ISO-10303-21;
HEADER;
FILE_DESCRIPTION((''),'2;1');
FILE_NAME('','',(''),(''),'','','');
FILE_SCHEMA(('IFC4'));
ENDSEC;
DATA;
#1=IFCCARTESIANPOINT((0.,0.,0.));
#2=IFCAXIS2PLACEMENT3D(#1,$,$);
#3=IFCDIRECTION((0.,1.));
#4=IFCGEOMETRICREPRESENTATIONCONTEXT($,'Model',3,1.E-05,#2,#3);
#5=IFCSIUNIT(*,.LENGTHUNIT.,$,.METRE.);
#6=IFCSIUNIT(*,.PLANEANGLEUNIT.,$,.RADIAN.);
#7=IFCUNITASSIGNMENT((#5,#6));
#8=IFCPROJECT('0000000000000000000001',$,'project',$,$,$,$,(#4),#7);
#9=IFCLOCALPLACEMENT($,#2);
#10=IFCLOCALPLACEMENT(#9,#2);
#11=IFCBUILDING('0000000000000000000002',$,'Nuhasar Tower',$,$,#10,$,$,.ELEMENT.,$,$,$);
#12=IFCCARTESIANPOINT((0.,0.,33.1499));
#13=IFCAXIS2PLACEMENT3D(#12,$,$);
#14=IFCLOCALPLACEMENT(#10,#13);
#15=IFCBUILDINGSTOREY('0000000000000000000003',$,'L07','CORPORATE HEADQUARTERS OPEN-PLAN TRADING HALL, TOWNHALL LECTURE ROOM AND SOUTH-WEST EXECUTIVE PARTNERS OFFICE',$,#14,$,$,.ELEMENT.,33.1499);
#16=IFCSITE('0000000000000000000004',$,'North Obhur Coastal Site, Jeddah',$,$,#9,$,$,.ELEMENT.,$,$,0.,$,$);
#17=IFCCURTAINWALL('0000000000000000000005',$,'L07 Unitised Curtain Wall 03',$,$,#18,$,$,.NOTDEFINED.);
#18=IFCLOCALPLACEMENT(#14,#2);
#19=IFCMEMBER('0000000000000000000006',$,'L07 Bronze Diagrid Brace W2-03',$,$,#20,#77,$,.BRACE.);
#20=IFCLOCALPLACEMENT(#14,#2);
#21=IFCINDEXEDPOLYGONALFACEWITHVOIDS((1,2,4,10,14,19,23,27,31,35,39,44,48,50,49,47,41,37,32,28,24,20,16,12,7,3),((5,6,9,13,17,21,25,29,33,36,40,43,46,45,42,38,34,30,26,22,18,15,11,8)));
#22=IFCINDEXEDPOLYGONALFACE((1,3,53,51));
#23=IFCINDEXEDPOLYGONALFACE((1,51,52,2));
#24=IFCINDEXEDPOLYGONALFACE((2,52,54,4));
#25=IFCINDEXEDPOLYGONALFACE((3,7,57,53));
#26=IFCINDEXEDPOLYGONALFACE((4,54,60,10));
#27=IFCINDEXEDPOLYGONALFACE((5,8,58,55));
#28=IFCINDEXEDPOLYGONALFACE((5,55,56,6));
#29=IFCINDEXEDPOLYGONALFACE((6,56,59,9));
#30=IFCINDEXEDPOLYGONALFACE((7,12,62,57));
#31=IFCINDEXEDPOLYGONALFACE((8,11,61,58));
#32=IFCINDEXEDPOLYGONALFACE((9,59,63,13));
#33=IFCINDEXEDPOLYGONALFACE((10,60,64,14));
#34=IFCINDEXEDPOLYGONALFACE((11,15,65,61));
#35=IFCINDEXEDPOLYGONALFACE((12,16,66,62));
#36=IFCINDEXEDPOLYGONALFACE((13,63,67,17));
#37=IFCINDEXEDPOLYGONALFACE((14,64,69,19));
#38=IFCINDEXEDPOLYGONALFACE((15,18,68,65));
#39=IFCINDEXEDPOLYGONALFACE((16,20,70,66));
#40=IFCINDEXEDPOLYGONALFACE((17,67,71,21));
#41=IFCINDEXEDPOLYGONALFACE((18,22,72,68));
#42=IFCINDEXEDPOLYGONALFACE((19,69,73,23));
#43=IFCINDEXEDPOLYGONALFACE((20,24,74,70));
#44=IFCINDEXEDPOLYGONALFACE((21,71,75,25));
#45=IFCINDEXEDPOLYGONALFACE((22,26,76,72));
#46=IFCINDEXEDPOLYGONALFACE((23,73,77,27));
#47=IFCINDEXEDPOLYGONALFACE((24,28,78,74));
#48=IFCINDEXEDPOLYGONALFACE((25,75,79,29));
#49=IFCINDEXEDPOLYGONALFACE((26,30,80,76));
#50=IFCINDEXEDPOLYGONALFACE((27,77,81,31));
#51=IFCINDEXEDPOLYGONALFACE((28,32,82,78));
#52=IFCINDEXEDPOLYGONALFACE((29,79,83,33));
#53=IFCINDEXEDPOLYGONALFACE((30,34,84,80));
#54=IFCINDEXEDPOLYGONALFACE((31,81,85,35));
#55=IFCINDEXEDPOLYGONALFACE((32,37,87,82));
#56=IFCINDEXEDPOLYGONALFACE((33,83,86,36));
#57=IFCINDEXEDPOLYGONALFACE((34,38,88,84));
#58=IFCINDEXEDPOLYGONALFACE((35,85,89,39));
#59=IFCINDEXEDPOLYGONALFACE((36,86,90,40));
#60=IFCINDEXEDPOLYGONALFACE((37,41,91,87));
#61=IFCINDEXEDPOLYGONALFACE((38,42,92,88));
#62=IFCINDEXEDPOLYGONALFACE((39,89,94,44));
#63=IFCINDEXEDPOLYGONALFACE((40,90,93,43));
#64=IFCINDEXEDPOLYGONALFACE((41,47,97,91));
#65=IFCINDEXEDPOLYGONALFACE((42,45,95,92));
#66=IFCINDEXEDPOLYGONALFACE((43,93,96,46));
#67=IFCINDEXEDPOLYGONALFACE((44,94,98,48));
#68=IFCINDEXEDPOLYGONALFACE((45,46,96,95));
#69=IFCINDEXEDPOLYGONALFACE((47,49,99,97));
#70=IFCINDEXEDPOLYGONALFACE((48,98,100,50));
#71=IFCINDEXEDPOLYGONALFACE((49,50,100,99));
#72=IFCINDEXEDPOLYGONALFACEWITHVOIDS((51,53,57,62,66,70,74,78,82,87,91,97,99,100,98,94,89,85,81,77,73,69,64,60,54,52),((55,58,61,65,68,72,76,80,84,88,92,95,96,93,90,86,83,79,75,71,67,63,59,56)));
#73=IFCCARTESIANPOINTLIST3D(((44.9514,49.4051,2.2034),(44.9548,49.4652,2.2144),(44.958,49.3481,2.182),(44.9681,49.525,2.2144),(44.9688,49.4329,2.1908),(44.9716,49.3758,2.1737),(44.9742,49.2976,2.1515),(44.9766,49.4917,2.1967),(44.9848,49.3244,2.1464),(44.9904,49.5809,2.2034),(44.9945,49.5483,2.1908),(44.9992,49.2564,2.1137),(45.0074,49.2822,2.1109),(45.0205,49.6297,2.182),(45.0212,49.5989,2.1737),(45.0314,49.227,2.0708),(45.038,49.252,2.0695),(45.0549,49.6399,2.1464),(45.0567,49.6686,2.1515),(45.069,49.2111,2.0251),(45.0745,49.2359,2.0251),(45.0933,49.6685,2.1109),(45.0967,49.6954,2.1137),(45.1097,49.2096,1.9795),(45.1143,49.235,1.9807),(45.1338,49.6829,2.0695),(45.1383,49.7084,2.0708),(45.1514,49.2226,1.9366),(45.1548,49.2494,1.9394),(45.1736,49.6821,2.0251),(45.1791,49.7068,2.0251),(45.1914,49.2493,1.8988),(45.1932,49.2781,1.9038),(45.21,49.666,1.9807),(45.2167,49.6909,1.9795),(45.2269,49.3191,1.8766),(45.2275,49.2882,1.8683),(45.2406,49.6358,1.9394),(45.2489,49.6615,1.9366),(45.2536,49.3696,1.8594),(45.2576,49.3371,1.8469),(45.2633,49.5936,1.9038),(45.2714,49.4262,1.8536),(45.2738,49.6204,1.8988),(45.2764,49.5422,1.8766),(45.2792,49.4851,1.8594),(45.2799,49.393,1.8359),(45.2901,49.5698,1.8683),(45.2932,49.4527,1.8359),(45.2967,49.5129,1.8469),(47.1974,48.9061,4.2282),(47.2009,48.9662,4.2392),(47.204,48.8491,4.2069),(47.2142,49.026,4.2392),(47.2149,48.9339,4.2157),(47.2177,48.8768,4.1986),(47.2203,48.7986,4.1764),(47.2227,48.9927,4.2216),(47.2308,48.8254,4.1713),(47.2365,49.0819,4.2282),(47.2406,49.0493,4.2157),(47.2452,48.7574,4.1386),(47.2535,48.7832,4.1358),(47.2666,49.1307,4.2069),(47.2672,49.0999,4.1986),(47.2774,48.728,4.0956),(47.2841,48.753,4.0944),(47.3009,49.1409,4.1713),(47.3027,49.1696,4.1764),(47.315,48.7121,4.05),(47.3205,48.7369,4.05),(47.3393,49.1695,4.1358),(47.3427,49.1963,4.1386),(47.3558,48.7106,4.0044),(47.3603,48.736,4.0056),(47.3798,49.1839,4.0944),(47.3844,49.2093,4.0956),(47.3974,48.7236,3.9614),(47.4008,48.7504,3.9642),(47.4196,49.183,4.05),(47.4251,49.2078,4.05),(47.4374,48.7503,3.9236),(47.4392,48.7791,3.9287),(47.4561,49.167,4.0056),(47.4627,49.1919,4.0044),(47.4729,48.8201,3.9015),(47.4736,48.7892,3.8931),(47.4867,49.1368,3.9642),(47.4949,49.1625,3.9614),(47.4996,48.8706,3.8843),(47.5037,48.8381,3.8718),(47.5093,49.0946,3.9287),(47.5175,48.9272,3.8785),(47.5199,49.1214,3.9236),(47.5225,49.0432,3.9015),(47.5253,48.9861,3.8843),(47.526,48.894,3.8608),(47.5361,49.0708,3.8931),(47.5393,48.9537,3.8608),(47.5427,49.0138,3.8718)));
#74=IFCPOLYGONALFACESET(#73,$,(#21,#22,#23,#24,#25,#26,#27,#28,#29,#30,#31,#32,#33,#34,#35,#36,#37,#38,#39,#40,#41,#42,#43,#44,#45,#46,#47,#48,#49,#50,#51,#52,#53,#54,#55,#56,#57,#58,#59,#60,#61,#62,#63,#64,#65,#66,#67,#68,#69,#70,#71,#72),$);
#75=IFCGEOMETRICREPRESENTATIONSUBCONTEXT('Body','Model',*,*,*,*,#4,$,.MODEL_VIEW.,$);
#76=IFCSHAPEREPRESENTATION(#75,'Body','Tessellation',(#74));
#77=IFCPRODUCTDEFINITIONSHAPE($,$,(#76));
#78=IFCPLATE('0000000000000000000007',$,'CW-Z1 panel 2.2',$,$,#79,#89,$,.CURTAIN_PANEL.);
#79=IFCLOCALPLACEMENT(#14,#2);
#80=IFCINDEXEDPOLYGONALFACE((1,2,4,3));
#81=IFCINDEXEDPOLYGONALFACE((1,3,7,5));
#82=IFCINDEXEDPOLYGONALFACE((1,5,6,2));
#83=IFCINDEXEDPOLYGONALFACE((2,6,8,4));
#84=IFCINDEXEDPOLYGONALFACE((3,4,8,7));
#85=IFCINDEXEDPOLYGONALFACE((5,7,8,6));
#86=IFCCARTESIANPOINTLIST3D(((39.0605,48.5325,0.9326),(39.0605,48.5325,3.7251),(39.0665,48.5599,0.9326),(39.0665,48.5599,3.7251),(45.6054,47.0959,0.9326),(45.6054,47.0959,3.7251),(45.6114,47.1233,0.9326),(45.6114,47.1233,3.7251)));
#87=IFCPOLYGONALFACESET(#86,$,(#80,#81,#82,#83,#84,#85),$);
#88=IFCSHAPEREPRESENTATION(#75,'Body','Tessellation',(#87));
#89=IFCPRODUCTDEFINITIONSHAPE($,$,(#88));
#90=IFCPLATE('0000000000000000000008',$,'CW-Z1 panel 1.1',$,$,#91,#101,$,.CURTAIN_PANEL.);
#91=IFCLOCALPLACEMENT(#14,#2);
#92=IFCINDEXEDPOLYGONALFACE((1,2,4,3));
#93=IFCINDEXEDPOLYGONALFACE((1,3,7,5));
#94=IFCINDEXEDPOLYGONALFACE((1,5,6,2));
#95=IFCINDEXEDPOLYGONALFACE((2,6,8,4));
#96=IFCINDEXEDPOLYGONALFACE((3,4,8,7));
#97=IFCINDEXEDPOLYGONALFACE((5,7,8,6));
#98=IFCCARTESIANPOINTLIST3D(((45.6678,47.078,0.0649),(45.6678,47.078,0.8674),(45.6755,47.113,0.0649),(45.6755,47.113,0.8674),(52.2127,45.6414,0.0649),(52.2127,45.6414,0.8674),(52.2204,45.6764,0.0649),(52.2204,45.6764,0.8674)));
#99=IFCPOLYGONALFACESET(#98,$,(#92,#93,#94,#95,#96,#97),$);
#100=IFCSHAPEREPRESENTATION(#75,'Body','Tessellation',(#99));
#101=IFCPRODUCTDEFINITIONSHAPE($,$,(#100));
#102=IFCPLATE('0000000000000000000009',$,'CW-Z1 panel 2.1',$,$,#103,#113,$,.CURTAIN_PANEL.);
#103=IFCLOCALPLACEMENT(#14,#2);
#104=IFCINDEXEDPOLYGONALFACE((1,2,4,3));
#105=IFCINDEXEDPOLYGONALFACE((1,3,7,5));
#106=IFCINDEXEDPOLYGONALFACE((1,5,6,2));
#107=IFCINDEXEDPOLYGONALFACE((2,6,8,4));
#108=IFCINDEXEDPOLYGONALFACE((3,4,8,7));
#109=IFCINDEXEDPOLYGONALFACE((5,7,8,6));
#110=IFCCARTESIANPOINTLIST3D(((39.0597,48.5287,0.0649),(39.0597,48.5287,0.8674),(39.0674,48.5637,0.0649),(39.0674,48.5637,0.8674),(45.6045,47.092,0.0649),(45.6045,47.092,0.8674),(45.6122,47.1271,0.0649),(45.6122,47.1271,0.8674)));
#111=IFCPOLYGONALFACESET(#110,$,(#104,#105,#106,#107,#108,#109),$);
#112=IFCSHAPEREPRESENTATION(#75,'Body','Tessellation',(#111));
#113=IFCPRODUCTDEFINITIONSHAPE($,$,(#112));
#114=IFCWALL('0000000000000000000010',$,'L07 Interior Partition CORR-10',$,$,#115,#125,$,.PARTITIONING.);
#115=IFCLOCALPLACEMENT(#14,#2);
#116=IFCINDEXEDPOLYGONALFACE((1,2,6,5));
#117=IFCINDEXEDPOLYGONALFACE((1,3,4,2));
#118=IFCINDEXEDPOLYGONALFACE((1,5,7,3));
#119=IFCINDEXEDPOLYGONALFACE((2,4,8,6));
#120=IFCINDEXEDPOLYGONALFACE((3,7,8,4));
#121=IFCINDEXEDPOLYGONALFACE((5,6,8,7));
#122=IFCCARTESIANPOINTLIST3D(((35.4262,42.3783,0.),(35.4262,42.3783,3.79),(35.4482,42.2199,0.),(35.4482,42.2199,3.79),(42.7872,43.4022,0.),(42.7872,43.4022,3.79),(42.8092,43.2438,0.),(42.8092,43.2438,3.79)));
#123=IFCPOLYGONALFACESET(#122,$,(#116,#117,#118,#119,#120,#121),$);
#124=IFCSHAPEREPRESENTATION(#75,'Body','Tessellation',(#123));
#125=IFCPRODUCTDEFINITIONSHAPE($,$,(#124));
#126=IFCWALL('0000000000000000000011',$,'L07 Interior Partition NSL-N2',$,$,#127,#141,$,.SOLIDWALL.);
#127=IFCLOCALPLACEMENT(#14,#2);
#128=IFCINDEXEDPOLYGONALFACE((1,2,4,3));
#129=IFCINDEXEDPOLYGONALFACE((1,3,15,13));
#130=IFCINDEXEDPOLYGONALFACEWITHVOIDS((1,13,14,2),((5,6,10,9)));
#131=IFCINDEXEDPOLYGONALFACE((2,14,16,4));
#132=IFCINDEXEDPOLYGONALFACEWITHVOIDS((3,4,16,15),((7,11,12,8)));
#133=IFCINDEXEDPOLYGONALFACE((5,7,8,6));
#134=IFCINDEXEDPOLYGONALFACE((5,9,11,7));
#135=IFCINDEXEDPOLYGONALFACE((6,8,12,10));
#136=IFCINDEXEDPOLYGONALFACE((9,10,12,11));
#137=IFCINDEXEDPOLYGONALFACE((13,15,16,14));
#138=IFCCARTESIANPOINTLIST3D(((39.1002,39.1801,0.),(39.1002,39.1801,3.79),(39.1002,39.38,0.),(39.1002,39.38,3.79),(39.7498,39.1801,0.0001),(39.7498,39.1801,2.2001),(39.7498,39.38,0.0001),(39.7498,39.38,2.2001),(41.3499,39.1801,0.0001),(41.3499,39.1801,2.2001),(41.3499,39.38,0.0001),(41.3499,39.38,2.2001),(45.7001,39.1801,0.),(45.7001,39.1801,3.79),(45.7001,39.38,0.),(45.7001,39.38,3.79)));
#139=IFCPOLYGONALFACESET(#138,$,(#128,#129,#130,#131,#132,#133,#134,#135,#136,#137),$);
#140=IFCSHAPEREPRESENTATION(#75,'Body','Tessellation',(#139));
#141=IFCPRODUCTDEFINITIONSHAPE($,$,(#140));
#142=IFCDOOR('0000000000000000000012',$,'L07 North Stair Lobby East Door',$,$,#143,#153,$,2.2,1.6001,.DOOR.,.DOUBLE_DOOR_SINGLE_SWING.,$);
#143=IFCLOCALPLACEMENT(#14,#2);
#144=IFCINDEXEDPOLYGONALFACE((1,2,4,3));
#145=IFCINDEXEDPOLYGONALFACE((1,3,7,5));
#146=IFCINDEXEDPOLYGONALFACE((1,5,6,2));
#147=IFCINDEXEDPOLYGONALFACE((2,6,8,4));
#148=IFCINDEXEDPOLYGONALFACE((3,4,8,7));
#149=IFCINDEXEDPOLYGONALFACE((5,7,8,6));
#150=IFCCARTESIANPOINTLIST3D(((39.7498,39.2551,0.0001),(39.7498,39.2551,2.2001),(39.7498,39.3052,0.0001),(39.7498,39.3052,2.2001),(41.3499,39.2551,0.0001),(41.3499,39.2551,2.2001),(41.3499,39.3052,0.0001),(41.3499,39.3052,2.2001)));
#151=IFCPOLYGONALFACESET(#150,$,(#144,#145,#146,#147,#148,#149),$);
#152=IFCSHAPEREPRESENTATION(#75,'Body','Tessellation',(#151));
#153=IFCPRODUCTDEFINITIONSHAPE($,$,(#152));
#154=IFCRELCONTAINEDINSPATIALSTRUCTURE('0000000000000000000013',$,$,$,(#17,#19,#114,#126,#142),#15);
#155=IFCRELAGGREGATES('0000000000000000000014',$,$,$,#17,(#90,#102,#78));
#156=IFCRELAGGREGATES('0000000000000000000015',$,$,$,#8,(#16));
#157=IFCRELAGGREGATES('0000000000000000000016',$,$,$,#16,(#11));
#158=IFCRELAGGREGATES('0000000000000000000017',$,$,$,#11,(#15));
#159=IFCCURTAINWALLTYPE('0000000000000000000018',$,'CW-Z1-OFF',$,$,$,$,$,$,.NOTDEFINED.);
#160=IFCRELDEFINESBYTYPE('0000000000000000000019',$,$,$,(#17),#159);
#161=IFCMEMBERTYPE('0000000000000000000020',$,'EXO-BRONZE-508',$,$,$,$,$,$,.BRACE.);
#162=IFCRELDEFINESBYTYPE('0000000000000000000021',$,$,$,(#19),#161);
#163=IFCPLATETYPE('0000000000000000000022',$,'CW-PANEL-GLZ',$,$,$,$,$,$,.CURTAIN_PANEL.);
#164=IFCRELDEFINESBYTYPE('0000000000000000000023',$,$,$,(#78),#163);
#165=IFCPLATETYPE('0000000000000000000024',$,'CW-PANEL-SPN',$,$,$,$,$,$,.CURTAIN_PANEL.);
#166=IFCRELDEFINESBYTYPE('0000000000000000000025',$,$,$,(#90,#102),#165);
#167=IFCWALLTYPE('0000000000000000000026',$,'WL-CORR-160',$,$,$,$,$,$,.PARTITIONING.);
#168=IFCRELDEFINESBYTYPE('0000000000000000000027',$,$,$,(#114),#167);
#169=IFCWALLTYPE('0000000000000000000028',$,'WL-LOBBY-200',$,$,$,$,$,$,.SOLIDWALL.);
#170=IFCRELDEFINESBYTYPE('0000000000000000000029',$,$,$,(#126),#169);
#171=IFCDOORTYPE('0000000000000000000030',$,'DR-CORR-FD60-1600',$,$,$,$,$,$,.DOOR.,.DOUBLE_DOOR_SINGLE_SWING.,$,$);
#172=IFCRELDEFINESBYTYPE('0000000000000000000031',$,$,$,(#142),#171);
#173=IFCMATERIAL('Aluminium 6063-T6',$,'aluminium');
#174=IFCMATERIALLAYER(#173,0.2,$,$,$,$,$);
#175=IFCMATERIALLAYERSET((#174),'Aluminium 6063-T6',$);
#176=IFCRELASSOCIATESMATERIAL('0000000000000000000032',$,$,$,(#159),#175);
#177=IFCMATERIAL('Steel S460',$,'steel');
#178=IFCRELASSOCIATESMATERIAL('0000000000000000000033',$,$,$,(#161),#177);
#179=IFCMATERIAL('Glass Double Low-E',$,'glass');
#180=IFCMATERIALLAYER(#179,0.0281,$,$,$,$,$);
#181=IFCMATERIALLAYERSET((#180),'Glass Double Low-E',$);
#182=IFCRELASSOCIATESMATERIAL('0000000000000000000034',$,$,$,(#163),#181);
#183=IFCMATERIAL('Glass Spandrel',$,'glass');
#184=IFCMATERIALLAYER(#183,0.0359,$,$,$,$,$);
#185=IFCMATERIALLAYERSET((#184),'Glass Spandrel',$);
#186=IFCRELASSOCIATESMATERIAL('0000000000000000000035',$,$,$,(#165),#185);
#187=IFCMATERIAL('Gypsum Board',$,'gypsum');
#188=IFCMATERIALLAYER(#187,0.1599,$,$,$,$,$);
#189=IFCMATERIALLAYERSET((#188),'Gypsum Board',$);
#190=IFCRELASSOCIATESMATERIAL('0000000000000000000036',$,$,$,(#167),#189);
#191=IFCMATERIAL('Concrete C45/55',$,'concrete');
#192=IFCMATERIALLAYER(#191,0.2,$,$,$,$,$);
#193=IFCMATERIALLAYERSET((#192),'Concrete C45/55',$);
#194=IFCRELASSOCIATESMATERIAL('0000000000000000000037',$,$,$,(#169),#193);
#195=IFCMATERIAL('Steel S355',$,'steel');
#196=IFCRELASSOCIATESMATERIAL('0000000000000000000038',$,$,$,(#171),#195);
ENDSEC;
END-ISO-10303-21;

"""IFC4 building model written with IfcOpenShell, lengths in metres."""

from ifc_helpers import new_model, si_unit, direction, frame, frame_2d, origin, origin_2d, place, context, subcontext, project, spatial, rectangle, hollow_circle, extrude, material, layer, layer_set, material_profile, profile_set, type_object, element, fill, aggregate, save


model = new_model("IFC4")

# Units and contexts
model_context = context("Model", 3, precision=1e-05, world=origin(), true_north=direction((0.0, 1.0)))
body_context = subcontext(model_context, "Body", "Model", "MODEL_VIEW")
ifc_project = project(units=[si_unit("LENGTHUNIT", "METRE"), si_unit("PLANEANGLEUNIT", "RADIAN")], contexts=[model_context])

# Site, building, storey
site_placement = place(None, origin())
site = spatial("IfcSite", under=ifc_project, at=site_placement, Name="North Obhur Coastal Site, Jeddah", CompositionType="ELEMENT", RefElevation=0.0)
building_placement = place(site_placement, origin())
building = spatial("IfcBuilding", under=site, at=building_placement, Name="Nuhasar Tower", CompositionType="ELEMENT")
storey_placement = place(building_placement, frame((0.0, 0.0, 33.1499)))
storey = spatial("IfcBuildingStorey", under=building, at=storey_placement, Name="L07", Description="CORPORATE HEADQUARTERS OPEN-PLAN TRADING HALL, TOWNHALL LECTURE ROOM AND SOUTH-WEST EXECUTIVE PARTNERS OFFICE", CompositionType="ELEMENT", Elevation=33.1499)

# Shared definitions
ifc_material_1 = material(Name="Steel S355", Category="steel")

# Curtain wall
ifc_material_2 = material(Name="Aluminium 6063-T6", Category="aluminium")
ifc_layer_1 = layer(ifc_material_2, 0.2)
ifc_layer_set_1 = layer_set([ifc_layer_1], Name="Aluminium 6063-T6")
curtain_wall_type = type_object("IfcCurtainWallType", Name="CW-Z1-OFF", PredefinedType="NOTDEFINED", material=ifc_layer_set_1)
curtain_wall_1_placement = place(storey_placement, origin())
curtain_wall_1 = element("IfcCurtainWall", 1, at=curtain_wall_1_placement, inside=storey, type_object=curtain_wall_type, Name="L07 Unitised Curtain Wall 03", PredefinedType="NOTDEFINED")

# Member
ifc_material_3 = material(Name="Steel S460", Category="steel")
ifc_material_profile_1 = material_profile(ifc_material_3, hollow_circle(Radius=0.2539, WallThickness=0.0254, at=origin_2d()), Name="HSS508X25.4")
ifc_profile_set_1 = profile_set([ifc_material_profile_1], Name="Steel S460")
member_type_1 = type_object("IfcMemberType", Name="EXO-BRONZE-508", PredefinedType="BRACE", material=ifc_profile_set_1)
member_1_placement = place(storey_placement, frame((45.124, 49.459, 2.0251), z_axis=(0.732821, -0.162814, 0.660654), x_axis=(0.216886, 0.976197, 0.0)))
element("IfcMember", 2, at=member_1_placement, inside=storey, type_object=member_type_1, Name="L07 Bronze Diagrid Brace W2-03", PredefinedType="BRACE", context=body_context, shape_type="SweptSolid", body=[
    extrude(hollow_circle(Radius=0.2539, WallThickness=0.0254, at=origin_2d()), origin(), (0.0, 0.0, 1.0), 3.0649),
])

# Plates
ifc_material_4 = material(Name="Glass Double Low-E", Category="glass")
ifc_layer_2 = layer(ifc_material_4, 0.0281)
ifc_layer_set_2 = layer_set([ifc_layer_2], Name="Glass Double Low-E")
plate_type_1 = type_object("IfcPlateType", Name="CW-PANEL-GLZ", PredefinedType="CURTAIN_PANEL", material=ifc_layer_set_2)
plate_1_placement = place(storey_placement, frame((42.3359, 47.8279, 0.9326), z_axis=(0.0, 0.0, 1.0), x_axis=(-0.976746, 0.214399, 0.0)))
plate_1 = element("IfcPlate", 3, at=plate_1_placement, type_object=plate_type_1, Name="CW-Z1 panel 2.2", PredefinedType="CURTAIN_PANEL", context=body_context, shape_type="SweptSolid", body=[
    extrude(rectangle(XDim=6.7007, YDim=0.0281, at=origin_2d()), origin(), (0.0, 0.0, 1.0), 2.7925),
])
ifc_material_5 = material(Name="Glass Spandrel", Category="glass")
ifc_layer_3 = layer(ifc_material_5, 0.0359)
ifc_layer_set_3 = layer_set([ifc_layer_3], Name="Glass Spandrel")
plate_type_2 = type_object("IfcPlateType", Name="CW-PANEL-SPN", PredefinedType="CURTAIN_PANEL", material=ifc_layer_set_3)
plate_2_placement = place(storey_placement, frame((48.9441, 46.3772, 0.0649), z_axis=(0.0, 0.0, 1.0), x_axis=(-0.976746, 0.214399, 0.0)))
plate_2 = element("IfcPlate", 4, at=plate_2_placement, type_object=plate_type_2, Name="CW-Z1 panel 1.1", PredefinedType="CURTAIN_PANEL", context=body_context, shape_type="SweptSolid", body=[
    extrude(rectangle(XDim=6.7007, YDim=0.0359, at=origin_2d()), origin(), (0.0, 0.0, 1.0), 0.8025),
])
plate_3_placement = place(storey_placement, frame((42.3359, 47.8279, 0.0649), z_axis=(0.0, 0.0, 1.0), x_axis=(-0.976746, 0.214399, 0.0)))
plate_3 = element("IfcPlate", 5, at=plate_3_placement, type_object=plate_type_2, Name="CW-Z1 panel 2.1", PredefinedType="CURTAIN_PANEL", context=body_context, shape_type="SweptSolid", body=[
    extrude(rectangle(XDim=6.7007, YDim=0.0359, at=origin_2d()), origin(), (0.0, 0.0, 1.0), 0.8025),
])
aggregate(curtain_wall_1, [plate_2, plate_3, plate_1])

# Wall
ifc_material_6 = material(Name="Gypsum Board", Category="gypsum")
ifc_layer_4 = layer(ifc_material_6, 0.1599)
ifc_layer_set_4 = layer_set([ifc_layer_4], Name="Gypsum Board")
wall_type_1 = type_object("IfcWallType", Name="WL-CORR-160", PredefinedType="PARTITIONING", material=ifc_layer_set_4)
wall_1_placement = place(storey_placement, frame((42.7981, 43.323, 0.0), z_axis=(0.0, 0.0, 1.0), x_axis=(-0.990464, -0.137773, 0.0)))
element("IfcWall", 6, at=wall_1_placement, inside=storey, type_object=wall_type_1, Name="L07 Interior Partition CORR-10", PredefinedType="PARTITIONING", context=body_context, shape_type="SweptSolid", body=[
    extrude(rectangle(XDim=7.4319, YDim=0.1599, at=frame_2d((3.7158, 0.0))), origin(), (0.0, 0.0, 1.0), 3.79),
])

# Wall, opening, door
ifc_material_7 = material(Name="Concrete C45/55", Category="concrete")
ifc_layer_5 = layer(ifc_material_7, 0.2)
ifc_layer_set_5 = layer_set([ifc_layer_5], Name="Concrete C45/55")
wall_type_2 = type_object("IfcWallType", Name="WL-LOBBY-200", PredefinedType="SOLIDWALL", material=ifc_layer_set_5)
wall_2_placement = place(storey_placement, frame((45.7, 39.28, 0.0), z_axis=(0.0, 0.0, 1.0), x_axis=(-1.0, 0.0, 0.0)))
wall_2 = element("IfcWall", 7, at=wall_2_placement, inside=storey, type_object=wall_type_2, Name="L07 Interior Partition NSL-N2", PredefinedType="SOLIDWALL", context=body_context, shape_type="SweptSolid", body=[
    extrude(rectangle(XDim=6.5999, YDim=0.2, at=frame_2d((3.2998, 0.0))), origin(), (0.0, 0.0, 1.0), 3.79),
])
opening_placement = place(wall_2_placement, frame((4.3501, 0.0, 0.0)))
opening = element("IfcOpeningElement", 8, at=opening_placement, cuts=wall_2, PredefinedType="OPENING", context=body_context, shape_type="SweptSolid", body=[
    extrude(rectangle(XDim=1.6001, YDim=2.2, at=frame_2d((0.8, 1.1001))), frame((0.0, 0.1099, 0.0), z_axis=(0.0, -1.0, 0.0), x_axis=(1.0, 0.0, 0.0)), (0.0, 0.0, 1.0), 0.22),
])
door_type = type_object("IfcDoorType", Name="DR-CORR-FD60-1600", OperationType="DOUBLE_DOOR_SINGLE_SWING", PredefinedType="DOOR", material=ifc_material_1)
door_placement = place(opening_placement, origin())
door = element("IfcDoor", 9, at=door_placement, inside=storey, type_object=door_type, Name="L07 North Stair Lobby East Door", OperationType="DOUBLE_DOOR_SINGLE_SWING", OverallHeight=2.2, OverallWidth=1.6001, PredefinedType="DOOR", context=body_context, shape_type="SweptSolid", body=[
    extrude(rectangle(XDim=1.6001, YDim=2.2, at=frame_2d((0.8, 1.1001))), frame((0.0, 0.0249, 0.0), z_axis=(0.0, -1.0, 0.0), x_axis=(1.0, 0.0, 0.0)), (0.0, 0.0, 1.0), 0.05),
])
fill(opening, door)

save(model, "model.ifc")
